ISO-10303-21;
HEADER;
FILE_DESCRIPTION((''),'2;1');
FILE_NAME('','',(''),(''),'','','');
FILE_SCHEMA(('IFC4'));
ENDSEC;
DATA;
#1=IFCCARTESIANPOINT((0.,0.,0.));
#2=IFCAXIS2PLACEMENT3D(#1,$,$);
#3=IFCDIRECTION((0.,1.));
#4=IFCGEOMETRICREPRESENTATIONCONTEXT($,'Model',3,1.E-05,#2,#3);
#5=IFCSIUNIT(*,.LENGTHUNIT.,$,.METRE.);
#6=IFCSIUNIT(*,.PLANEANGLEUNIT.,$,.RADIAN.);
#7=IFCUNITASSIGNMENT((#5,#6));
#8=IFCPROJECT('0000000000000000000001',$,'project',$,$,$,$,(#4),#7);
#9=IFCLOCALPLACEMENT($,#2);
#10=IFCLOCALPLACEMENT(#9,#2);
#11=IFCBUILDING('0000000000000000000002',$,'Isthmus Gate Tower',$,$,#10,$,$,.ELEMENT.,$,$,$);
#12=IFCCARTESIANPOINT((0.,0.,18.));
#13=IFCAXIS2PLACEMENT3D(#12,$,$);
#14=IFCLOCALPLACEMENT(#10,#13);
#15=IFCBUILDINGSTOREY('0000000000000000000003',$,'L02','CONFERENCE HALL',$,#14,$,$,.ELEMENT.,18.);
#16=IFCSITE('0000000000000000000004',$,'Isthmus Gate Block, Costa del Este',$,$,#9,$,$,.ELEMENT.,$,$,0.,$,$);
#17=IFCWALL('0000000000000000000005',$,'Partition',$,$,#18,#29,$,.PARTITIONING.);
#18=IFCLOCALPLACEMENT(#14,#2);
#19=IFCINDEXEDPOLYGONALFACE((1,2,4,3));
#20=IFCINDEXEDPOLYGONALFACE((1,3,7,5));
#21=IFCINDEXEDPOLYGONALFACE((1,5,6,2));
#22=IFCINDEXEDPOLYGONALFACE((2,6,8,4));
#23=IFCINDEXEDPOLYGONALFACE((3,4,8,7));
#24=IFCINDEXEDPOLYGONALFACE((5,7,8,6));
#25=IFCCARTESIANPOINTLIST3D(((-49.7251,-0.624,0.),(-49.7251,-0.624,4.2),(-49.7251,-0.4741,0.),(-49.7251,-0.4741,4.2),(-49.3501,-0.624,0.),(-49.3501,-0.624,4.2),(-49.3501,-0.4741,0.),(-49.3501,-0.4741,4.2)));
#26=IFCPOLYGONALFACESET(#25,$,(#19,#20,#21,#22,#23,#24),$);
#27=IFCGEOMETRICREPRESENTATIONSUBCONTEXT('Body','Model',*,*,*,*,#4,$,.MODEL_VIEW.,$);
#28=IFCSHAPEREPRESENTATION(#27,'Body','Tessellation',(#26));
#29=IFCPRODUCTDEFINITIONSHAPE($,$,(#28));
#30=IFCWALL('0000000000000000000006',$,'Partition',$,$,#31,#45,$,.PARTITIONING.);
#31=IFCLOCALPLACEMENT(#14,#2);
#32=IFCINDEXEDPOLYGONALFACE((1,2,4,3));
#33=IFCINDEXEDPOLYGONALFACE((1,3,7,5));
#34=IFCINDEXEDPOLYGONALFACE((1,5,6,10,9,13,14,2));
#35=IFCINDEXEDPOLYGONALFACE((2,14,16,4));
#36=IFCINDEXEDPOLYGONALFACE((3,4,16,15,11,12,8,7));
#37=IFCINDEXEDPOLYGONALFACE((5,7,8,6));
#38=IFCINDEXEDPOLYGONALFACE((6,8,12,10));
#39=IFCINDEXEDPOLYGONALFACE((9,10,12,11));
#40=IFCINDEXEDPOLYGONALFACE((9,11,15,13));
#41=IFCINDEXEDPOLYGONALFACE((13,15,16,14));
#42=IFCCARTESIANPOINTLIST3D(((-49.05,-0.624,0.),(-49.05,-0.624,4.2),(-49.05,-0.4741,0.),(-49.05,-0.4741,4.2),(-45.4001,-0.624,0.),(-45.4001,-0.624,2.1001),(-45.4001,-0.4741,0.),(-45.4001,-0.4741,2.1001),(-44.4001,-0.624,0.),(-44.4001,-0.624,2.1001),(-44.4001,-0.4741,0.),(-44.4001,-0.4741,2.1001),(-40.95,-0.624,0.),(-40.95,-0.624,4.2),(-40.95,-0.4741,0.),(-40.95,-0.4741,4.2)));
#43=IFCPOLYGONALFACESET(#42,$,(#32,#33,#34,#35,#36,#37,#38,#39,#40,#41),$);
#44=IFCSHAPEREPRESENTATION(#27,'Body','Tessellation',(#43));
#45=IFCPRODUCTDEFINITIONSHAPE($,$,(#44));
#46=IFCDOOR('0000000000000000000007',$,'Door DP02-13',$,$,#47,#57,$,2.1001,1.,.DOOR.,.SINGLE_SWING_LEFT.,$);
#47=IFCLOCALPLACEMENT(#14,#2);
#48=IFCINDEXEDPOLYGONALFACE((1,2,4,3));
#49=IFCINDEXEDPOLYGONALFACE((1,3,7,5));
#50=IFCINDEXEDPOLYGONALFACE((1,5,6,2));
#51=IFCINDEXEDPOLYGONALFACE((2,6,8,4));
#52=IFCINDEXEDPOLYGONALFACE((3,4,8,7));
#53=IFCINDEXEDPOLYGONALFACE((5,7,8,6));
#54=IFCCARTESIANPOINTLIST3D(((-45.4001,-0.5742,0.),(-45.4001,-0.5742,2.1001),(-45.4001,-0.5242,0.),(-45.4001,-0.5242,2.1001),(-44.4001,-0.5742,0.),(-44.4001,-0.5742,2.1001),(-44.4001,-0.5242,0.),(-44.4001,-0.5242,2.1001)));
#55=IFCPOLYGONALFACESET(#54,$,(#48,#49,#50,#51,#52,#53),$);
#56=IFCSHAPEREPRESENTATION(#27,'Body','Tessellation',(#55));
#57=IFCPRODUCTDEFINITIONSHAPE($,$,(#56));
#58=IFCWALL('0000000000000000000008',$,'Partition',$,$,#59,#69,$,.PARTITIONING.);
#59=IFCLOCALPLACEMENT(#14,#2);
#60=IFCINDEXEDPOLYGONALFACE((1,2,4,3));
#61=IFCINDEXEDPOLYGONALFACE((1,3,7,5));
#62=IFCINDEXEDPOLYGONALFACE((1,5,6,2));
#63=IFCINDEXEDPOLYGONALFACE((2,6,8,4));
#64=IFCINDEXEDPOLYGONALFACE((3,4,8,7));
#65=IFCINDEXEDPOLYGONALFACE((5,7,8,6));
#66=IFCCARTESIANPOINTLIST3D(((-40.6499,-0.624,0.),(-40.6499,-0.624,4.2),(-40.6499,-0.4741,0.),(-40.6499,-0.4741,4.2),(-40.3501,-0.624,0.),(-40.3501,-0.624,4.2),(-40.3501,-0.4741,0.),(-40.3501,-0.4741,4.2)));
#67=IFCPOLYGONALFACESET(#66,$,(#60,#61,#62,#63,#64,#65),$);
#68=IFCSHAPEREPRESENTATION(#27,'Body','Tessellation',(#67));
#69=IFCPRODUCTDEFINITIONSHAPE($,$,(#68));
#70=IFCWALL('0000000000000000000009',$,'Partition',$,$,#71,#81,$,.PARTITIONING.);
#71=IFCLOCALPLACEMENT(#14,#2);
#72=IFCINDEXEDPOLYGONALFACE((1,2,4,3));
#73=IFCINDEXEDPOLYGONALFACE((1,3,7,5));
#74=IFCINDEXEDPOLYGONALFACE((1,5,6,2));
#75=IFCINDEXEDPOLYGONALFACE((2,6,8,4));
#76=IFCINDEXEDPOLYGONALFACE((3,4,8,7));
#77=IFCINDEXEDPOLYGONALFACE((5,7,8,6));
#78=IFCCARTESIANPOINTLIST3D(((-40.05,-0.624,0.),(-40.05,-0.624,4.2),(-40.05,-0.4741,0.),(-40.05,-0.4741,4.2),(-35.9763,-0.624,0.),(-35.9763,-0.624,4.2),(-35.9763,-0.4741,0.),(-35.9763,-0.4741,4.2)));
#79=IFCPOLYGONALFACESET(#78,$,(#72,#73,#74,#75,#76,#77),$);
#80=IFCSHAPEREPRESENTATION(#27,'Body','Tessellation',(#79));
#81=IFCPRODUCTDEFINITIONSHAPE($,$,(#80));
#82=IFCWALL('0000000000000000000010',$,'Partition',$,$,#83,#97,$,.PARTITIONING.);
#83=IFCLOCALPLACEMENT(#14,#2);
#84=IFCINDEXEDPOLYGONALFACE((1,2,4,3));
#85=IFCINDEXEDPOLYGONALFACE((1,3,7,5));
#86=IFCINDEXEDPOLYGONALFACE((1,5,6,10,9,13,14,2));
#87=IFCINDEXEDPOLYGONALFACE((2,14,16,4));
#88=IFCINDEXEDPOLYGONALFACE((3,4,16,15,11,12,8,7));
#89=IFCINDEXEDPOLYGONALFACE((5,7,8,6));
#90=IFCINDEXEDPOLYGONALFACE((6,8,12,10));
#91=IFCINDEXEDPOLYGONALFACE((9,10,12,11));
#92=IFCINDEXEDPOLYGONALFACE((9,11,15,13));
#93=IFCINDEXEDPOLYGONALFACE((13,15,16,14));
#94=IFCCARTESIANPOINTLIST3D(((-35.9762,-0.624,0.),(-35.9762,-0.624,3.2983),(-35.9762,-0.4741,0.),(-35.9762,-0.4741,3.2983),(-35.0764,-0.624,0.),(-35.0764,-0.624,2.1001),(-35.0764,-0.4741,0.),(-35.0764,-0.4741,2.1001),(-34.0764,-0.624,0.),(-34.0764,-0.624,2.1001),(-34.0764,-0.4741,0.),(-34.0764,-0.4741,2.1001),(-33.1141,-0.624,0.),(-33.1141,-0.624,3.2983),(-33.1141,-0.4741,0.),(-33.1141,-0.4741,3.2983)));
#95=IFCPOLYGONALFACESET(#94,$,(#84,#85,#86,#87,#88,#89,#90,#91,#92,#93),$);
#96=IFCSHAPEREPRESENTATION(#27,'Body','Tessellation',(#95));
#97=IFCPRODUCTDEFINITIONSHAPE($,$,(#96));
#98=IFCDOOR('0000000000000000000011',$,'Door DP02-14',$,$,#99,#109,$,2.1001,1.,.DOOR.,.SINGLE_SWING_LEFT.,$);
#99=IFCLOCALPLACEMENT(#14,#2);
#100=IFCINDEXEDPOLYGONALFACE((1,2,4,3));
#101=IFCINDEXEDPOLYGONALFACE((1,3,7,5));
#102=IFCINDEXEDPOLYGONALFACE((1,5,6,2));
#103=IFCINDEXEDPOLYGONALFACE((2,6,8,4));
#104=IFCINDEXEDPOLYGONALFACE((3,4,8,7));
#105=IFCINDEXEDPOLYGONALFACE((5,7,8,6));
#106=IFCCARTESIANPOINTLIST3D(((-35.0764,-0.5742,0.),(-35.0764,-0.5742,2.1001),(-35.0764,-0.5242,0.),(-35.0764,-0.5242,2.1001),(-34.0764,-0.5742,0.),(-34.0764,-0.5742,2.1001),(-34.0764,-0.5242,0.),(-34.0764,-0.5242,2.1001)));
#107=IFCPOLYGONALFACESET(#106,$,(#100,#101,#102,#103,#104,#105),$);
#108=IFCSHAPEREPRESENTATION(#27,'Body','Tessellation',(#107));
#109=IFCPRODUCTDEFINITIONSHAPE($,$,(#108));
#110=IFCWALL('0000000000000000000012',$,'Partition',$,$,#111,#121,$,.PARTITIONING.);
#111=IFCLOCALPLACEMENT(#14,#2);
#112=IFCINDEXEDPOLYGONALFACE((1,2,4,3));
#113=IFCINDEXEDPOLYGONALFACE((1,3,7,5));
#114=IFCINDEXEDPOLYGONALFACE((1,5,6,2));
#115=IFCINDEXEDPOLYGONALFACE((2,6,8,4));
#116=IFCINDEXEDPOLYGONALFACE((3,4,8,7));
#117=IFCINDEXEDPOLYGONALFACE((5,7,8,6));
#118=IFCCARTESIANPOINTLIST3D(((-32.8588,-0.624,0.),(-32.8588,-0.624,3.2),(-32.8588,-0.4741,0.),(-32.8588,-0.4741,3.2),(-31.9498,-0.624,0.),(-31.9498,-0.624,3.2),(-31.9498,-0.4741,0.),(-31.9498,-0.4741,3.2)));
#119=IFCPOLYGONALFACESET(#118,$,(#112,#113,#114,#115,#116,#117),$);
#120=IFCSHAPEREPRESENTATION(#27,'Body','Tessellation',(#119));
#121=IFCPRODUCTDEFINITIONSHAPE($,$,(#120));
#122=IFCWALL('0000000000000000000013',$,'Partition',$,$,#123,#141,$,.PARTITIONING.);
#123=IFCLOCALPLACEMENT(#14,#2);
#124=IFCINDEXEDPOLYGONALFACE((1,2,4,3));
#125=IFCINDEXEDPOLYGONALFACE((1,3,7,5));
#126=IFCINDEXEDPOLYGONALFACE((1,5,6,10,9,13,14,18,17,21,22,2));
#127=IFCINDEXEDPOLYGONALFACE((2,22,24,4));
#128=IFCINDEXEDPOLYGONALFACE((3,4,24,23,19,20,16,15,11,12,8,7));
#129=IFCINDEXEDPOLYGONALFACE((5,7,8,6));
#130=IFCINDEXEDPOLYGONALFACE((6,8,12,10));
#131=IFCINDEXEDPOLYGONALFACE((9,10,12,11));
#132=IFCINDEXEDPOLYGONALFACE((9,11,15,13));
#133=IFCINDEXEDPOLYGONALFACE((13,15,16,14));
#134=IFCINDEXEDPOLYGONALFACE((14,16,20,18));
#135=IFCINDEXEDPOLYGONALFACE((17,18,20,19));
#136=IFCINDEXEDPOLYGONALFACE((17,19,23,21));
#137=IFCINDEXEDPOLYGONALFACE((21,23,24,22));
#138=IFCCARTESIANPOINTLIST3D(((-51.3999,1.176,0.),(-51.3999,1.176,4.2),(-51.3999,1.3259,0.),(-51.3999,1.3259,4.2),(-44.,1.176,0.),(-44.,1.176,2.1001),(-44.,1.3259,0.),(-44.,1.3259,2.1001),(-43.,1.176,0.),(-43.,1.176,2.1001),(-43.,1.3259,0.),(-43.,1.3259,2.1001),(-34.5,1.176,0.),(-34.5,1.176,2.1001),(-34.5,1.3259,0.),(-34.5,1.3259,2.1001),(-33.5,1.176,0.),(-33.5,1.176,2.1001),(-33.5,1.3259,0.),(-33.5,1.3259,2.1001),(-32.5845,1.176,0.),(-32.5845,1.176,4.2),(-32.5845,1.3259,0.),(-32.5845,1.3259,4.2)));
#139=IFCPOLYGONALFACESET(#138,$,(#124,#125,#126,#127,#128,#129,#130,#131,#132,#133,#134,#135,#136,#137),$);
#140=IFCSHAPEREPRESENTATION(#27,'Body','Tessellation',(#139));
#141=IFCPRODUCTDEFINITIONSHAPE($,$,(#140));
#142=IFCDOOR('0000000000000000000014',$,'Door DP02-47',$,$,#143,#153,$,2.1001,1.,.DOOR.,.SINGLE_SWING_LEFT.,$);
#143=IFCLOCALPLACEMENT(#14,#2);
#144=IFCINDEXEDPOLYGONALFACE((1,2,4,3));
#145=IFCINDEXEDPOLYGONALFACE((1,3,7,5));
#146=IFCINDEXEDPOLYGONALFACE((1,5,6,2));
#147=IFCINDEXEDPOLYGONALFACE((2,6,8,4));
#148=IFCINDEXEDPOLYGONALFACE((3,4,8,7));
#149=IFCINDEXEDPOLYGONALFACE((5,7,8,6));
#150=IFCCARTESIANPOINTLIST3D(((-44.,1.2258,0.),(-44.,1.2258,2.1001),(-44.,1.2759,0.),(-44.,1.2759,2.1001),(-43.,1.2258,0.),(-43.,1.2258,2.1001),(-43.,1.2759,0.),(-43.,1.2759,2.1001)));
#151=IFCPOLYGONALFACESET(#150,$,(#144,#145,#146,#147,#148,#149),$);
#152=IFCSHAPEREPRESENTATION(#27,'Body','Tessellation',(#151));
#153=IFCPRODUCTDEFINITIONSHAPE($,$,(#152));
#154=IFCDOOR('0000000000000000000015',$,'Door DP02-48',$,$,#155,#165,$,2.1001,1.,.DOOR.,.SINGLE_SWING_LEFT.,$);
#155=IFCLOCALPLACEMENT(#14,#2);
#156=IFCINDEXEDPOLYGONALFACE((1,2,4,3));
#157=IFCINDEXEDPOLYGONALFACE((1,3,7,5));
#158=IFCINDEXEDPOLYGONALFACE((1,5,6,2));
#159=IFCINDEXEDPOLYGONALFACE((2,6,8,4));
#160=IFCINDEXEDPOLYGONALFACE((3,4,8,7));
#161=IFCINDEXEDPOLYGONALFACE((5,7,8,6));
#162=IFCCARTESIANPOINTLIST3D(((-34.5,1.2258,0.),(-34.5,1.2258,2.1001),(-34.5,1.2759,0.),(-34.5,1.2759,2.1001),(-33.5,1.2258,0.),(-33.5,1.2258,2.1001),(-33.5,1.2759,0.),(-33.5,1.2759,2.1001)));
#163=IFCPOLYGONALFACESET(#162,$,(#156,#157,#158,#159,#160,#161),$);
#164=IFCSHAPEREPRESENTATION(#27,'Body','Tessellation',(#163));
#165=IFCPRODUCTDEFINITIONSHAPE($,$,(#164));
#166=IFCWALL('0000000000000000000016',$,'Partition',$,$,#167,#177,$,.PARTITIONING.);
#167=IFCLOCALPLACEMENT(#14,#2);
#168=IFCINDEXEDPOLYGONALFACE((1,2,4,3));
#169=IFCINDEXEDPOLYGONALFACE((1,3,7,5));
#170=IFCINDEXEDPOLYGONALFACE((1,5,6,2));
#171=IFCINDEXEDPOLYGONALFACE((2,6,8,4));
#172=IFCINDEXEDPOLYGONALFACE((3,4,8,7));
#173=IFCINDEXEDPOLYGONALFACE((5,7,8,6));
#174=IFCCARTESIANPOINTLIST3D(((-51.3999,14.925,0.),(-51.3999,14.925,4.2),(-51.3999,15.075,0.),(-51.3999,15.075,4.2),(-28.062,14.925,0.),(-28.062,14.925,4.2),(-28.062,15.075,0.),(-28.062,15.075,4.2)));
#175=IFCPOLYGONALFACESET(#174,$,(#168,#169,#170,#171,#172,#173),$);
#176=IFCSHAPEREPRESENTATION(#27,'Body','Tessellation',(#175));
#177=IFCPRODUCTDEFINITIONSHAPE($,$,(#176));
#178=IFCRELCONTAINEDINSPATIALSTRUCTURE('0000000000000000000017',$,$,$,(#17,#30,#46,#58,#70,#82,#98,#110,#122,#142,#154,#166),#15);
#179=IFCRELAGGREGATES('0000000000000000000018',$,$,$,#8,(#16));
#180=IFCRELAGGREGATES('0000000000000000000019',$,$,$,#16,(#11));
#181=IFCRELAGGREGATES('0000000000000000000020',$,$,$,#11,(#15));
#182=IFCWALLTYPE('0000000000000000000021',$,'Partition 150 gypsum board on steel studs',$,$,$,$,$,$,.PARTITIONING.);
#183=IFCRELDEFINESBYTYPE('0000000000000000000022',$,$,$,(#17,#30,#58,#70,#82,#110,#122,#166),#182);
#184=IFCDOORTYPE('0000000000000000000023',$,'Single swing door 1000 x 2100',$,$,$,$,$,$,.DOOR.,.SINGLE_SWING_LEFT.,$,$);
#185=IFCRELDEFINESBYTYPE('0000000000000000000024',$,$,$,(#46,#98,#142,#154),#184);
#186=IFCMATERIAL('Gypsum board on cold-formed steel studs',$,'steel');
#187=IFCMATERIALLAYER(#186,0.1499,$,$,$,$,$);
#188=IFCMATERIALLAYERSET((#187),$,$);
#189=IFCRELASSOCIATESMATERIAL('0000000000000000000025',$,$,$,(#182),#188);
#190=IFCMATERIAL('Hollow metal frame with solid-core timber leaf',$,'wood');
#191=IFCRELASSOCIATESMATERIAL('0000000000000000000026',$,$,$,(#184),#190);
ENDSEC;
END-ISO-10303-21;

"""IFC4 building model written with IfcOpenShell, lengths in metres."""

from ifc_helpers import new_model, si_unit, direction, frame, frame_2d, origin, place, context, subcontext, project, spatial, rectangle, extrude, material, layer, layer_set, type_object, element, fill, save


model = new_model("IFC4")

# Units and contexts
model_context = context("Model", 3, precision=1e-05, world=origin(), true_north=direction((0.0, 1.0)))
body_context = subcontext(model_context, "Body", "Model", "MODEL_VIEW")
ifc_project = project(units=[si_unit("LENGTHUNIT", "METRE"), si_unit("PLANEANGLEUNIT", "RADIAN")], contexts=[model_context])

# Site, building, storey
site_placement = place(None, origin())
site = spatial("IfcSite", under=ifc_project, at=site_placement, Name="Isthmus Gate Block, Costa del Este", CompositionType="ELEMENT", RefElevation=0.0)
building_placement = place(site_placement, origin())
building = spatial("IfcBuilding", under=site, at=building_placement, Name="Isthmus Gate Tower", CompositionType="ELEMENT")
storey_placement = place(building_placement, frame((0.0, 0.0, 18.0)))
storey = spatial("IfcBuildingStorey", under=building, at=storey_placement, Name="L02", Description="CONFERENCE HALL", CompositionType="ELEMENT", Elevation=18.0)

# Shared definitions
ifc_material_1 = material(Name="Gypsum board on cold-formed steel studs", Category="steel")
ifc_layer_1 = layer(ifc_material_1, 0.1499)
ifc_layer_set_1 = layer_set([ifc_layer_1])
wall_type_1 = type_object("IfcWallType", Name="Partition 150 gypsum board on steel studs", PredefinedType="PARTITIONING", material=ifc_layer_set_1)
ifc_material_2 = material(Name="Hollow metal frame with solid-core timber leaf", Category="wood")
door_type = type_object("IfcDoorType", Name="Single swing door 1000 x 2100", OperationType="SINGLE_SWING_LEFT", PredefinedType="DOOR", material=ifc_material_2)

# Wall
wall_1_placement = place(storey_placement, frame((-49.7251, -0.5491, 0.0), z_axis=(0.0, 0.0, 1.0), x_axis=(1.0, 0.0, 0.0)))
element("IfcWall", 1, at=wall_1_placement, inside=storey, type_object=wall_type_1, Name="Partition", PredefinedType="PARTITIONING", context=body_context, shape_type="SweptSolid", body=[
    extrude(rectangle(XDim=0.375, YDim=0.1499, at=frame_2d((0.1875, 0.0))), origin(), (0.0, 0.0, 1.0), 4.2),
])

# Wall, opening, door
wall_2_placement = place(storey_placement, frame((-49.05, -0.5491, 0.0), z_axis=(0.0, 0.0, 1.0), x_axis=(1.0, 0.0, 0.0)))
wall_2 = element("IfcWall", 2, at=wall_2_placement, inside=storey, type_object=wall_type_1, Name="Partition", PredefinedType="PARTITIONING", context=body_context, shape_type="SweptSolid", body=[
    extrude(rectangle(XDim=8.1001, YDim=0.1499, at=frame_2d((4.05, 0.0))), origin(), (0.0, 0.0, 1.0), 4.2),
])
opening_1_placement = place(wall_2_placement, frame((3.6499, 0.0, 0.0)))
opening_1 = element("IfcOpeningElement", 3, at=opening_1_placement, cuts=wall_2, PredefinedType="OPENING", context=body_context, shape_type="SweptSolid", body=[
    extrude(rectangle(XDim=1.0, YDim=2.1001, at=frame_2d((0.5, 1.05))), frame((0.0, 0.085, 0.0), z_axis=(0.0, -1.0, 0.0), x_axis=(1.0, 0.0, 0.0)), (0.0, 0.0, 1.0), 0.1699),
])
door_1_placement = place(opening_1_placement, origin())
door_1 = element("IfcDoor", 4, at=door_1_placement, inside=storey, type_object=door_type, Name="Door DP02-13", OperationType="SINGLE_SWING_LEFT", OverallHeight=2.1001, OverallWidth=1.0, PredefinedType="DOOR", context=body_context, shape_type="SweptSolid", body=[
    extrude(rectangle(XDim=1.0, YDim=2.1001, at=frame_2d((0.5, 1.05))), frame((0.0, 0.0249, 0.0), z_axis=(0.0, -1.0, 0.0), x_axis=(1.0, 0.0, 0.0)), (0.0, 0.0, 1.0), 0.05),
])
fill(opening_1, door_1)

# Walls
wall_3_placement = place(storey_placement, frame((-40.6499, -0.5491, 0.0), z_axis=(0.0, 0.0, 1.0), x_axis=(1.0, 0.0, 0.0)))
element("IfcWall", 5, at=wall_3_placement, inside=storey, type_object=wall_type_1, Name="Partition", PredefinedType="PARTITIONING", context=body_context, shape_type="SweptSolid", body=[
    extrude(rectangle(XDim=0.2998, YDim=0.1499, at=frame_2d((0.1499, 0.0))), origin(), (0.0, 0.0, 1.0), 4.2),
])
wall_4_placement = place(storey_placement, frame((-40.05, -0.5491, 0.0), z_axis=(0.0, 0.0, 1.0), x_axis=(1.0, 0.0, 0.0)))
element("IfcWall", 6, at=wall_4_placement, inside=storey, type_object=wall_type_1, Name="Partition", PredefinedType="PARTITIONING", context=body_context, shape_type="SweptSolid", body=[
    extrude(rectangle(XDim=4.0737, YDim=0.1499, at=frame_2d((2.0369, 0.0))), origin(), (0.0, 0.0, 1.0), 4.2),
])

# Wall, opening, door
wall_5_placement = place(storey_placement, frame((-35.9763, -0.5491, 0.0), z_axis=(0.0, 0.0, 1.0), x_axis=(1.0, 0.0, 0.0)))
wall_5 = element("IfcWall", 7, at=wall_5_placement, inside=storey, type_object=wall_type_1, Name="Partition", PredefinedType="PARTITIONING", context=body_context, shape_type="SweptSolid", body=[
    extrude(rectangle(XDim=2.8621, YDim=0.1499, at=frame_2d((1.4312, 0.0))), origin(), (0.0, 0.0, 1.0), 3.2983),
])
opening_2_placement = place(wall_5_placement, frame((0.8999, 0.0, 0.0)))
opening_2 = element("IfcOpeningElement", 8, at=opening_2_placement, cuts=wall_5, PredefinedType="OPENING", context=body_context, shape_type="SweptSolid", body=[
    extrude(rectangle(XDim=1.0, YDim=2.1001, at=frame_2d((0.5, 1.05))), frame((0.0, 0.085, 0.0), z_axis=(0.0, -1.0, 0.0), x_axis=(1.0, 0.0, 0.0)), (0.0, 0.0, 1.0), 0.1699),
])
door_2_placement = place(opening_2_placement, origin())
door_2 = element("IfcDoor", 9, at=door_2_placement, inside=storey, type_object=door_type, Name="Door DP02-14", OperationType="SINGLE_SWING_LEFT", OverallHeight=2.1001, OverallWidth=1.0, PredefinedType="DOOR", context=body_context, shape_type="SweptSolid", body=[
    extrude(rectangle(XDim=1.0, YDim=2.1001, at=frame_2d((0.5, 1.05))), frame((0.0, 0.0249, 0.0), z_axis=(0.0, -1.0, 0.0), x_axis=(1.0, 0.0, 0.0)), (0.0, 0.0, 1.0), 0.05),
])
fill(opening_2, door_2)

# Wall
wall_6_placement = place(storey_placement, frame((-32.8589, -0.5491, 0.0), z_axis=(0.0, 0.0, 1.0), x_axis=(1.0, 0.0, 0.0)))
element("IfcWall", 10, at=wall_6_placement, inside=storey, type_object=wall_type_1, Name="Partition", PredefinedType="PARTITIONING", context=body_context, shape_type="SweptSolid", body=[
    extrude(rectangle(XDim=0.9089, YDim=0.1499, at=frame_2d((0.4546, 0.0))), origin(), (0.0, 0.0, 1.0), 3.2),
])

# Wall, openings, doors
wall_7_placement = place(storey_placement, frame((-51.3999, 1.251, 0.0), z_axis=(0.0, 0.0, 1.0), x_axis=(1.0, 0.0, 0.0)))
wall_7 = element("IfcWall", 11, at=wall_7_placement, inside=storey, type_object=wall_type_1, Name="Partition", PredefinedType="PARTITIONING", context=body_context, shape_type="SweptSolid", body=[
    extrude(rectangle(XDim=18.8154, YDim=0.1499, at=frame_2d((9.4077, 0.0))), origin(), (0.0, 0.0, 1.0), 4.2),
])
opening_3_placement = place(wall_7_placement, frame((7.3999, 0.0, 0.0)))
opening_3 = element("IfcOpeningElement", 12, at=opening_3_placement, cuts=wall_7, PredefinedType="OPENING", context=body_context, shape_type="SweptSolid", body=[
    extrude(rectangle(XDim=1.0, YDim=2.1001, at=frame_2d((0.5, 1.05))), frame((0.0, 0.085, 0.0), z_axis=(0.0, -1.0, 0.0), x_axis=(1.0, 0.0, 0.0)), (0.0, 0.0, 1.0), 0.1699),
])
opening_4_placement = place(wall_7_placement, frame((16.8999, 0.0, 0.0)))
opening_4 = element("IfcOpeningElement", 13, at=opening_4_placement, cuts=wall_7, PredefinedType="OPENING", context=body_context, shape_type="SweptSolid", body=[
    extrude(rectangle(XDim=1.0, YDim=2.1001, at=frame_2d((0.5, 1.05))), frame((0.0, 0.085, 0.0), z_axis=(0.0, -1.0, 0.0), x_axis=(1.0, 0.0, 0.0)), (0.0, 0.0, 1.0), 0.1699),
])
door_3_placement = place(opening_3_placement, origin())
door_3 = element("IfcDoor", 14, at=door_3_placement, inside=storey, type_object=door_type, Name="Door DP02-47", OperationType="SINGLE_SWING_LEFT", OverallHeight=2.1001, OverallWidth=1.0, PredefinedType="DOOR", context=body_context, shape_type="SweptSolid", body=[
    extrude(rectangle(XDim=1.0, YDim=2.1001, at=frame_2d((0.5, 1.05))), frame((0.0, 0.0249, 0.0), z_axis=(0.0, -1.0, 0.0), x_axis=(1.0, 0.0, 0.0)), (0.0, 0.0, 1.0), 0.05),
])
fill(opening_3, door_3)
door_4_placement = place(opening_4_placement, origin())
door_4 = element("IfcDoor", 15, at=door_4_placement, inside=storey, type_object=door_type, Name="Door DP02-48", OperationType="SINGLE_SWING_LEFT", OverallHeight=2.1001, OverallWidth=1.0, PredefinedType="DOOR", context=body_context, shape_type="SweptSolid", body=[
    extrude(rectangle(XDim=1.0, YDim=2.1001, at=frame_2d((0.5, 1.05))), frame((0.0, 0.0249, 0.0), z_axis=(0.0, -1.0, 0.0), x_axis=(1.0, 0.0, 0.0)), (0.0, 0.0, 1.0), 0.05),
])
fill(opening_4, door_4)

# Wall
wall_8_placement = place(storey_placement, frame((-51.3999, 15.0, 0.0), z_axis=(0.0, 0.0, 1.0), x_axis=(1.0, 0.0, 0.0)))
element("IfcWall", 16, at=wall_8_placement, inside=storey, type_object=wall_type_1, Name="Partition", PredefinedType="PARTITIONING", context=body_context, shape_type="SweptSolid", body=[
    extrude(rectangle(XDim=23.3379, YDim=0.1499, at=frame_2d((11.6689, 0.0))), origin(), (0.0, 0.0, 1.0), 4.2),
])

save(model, "model.ifc")
